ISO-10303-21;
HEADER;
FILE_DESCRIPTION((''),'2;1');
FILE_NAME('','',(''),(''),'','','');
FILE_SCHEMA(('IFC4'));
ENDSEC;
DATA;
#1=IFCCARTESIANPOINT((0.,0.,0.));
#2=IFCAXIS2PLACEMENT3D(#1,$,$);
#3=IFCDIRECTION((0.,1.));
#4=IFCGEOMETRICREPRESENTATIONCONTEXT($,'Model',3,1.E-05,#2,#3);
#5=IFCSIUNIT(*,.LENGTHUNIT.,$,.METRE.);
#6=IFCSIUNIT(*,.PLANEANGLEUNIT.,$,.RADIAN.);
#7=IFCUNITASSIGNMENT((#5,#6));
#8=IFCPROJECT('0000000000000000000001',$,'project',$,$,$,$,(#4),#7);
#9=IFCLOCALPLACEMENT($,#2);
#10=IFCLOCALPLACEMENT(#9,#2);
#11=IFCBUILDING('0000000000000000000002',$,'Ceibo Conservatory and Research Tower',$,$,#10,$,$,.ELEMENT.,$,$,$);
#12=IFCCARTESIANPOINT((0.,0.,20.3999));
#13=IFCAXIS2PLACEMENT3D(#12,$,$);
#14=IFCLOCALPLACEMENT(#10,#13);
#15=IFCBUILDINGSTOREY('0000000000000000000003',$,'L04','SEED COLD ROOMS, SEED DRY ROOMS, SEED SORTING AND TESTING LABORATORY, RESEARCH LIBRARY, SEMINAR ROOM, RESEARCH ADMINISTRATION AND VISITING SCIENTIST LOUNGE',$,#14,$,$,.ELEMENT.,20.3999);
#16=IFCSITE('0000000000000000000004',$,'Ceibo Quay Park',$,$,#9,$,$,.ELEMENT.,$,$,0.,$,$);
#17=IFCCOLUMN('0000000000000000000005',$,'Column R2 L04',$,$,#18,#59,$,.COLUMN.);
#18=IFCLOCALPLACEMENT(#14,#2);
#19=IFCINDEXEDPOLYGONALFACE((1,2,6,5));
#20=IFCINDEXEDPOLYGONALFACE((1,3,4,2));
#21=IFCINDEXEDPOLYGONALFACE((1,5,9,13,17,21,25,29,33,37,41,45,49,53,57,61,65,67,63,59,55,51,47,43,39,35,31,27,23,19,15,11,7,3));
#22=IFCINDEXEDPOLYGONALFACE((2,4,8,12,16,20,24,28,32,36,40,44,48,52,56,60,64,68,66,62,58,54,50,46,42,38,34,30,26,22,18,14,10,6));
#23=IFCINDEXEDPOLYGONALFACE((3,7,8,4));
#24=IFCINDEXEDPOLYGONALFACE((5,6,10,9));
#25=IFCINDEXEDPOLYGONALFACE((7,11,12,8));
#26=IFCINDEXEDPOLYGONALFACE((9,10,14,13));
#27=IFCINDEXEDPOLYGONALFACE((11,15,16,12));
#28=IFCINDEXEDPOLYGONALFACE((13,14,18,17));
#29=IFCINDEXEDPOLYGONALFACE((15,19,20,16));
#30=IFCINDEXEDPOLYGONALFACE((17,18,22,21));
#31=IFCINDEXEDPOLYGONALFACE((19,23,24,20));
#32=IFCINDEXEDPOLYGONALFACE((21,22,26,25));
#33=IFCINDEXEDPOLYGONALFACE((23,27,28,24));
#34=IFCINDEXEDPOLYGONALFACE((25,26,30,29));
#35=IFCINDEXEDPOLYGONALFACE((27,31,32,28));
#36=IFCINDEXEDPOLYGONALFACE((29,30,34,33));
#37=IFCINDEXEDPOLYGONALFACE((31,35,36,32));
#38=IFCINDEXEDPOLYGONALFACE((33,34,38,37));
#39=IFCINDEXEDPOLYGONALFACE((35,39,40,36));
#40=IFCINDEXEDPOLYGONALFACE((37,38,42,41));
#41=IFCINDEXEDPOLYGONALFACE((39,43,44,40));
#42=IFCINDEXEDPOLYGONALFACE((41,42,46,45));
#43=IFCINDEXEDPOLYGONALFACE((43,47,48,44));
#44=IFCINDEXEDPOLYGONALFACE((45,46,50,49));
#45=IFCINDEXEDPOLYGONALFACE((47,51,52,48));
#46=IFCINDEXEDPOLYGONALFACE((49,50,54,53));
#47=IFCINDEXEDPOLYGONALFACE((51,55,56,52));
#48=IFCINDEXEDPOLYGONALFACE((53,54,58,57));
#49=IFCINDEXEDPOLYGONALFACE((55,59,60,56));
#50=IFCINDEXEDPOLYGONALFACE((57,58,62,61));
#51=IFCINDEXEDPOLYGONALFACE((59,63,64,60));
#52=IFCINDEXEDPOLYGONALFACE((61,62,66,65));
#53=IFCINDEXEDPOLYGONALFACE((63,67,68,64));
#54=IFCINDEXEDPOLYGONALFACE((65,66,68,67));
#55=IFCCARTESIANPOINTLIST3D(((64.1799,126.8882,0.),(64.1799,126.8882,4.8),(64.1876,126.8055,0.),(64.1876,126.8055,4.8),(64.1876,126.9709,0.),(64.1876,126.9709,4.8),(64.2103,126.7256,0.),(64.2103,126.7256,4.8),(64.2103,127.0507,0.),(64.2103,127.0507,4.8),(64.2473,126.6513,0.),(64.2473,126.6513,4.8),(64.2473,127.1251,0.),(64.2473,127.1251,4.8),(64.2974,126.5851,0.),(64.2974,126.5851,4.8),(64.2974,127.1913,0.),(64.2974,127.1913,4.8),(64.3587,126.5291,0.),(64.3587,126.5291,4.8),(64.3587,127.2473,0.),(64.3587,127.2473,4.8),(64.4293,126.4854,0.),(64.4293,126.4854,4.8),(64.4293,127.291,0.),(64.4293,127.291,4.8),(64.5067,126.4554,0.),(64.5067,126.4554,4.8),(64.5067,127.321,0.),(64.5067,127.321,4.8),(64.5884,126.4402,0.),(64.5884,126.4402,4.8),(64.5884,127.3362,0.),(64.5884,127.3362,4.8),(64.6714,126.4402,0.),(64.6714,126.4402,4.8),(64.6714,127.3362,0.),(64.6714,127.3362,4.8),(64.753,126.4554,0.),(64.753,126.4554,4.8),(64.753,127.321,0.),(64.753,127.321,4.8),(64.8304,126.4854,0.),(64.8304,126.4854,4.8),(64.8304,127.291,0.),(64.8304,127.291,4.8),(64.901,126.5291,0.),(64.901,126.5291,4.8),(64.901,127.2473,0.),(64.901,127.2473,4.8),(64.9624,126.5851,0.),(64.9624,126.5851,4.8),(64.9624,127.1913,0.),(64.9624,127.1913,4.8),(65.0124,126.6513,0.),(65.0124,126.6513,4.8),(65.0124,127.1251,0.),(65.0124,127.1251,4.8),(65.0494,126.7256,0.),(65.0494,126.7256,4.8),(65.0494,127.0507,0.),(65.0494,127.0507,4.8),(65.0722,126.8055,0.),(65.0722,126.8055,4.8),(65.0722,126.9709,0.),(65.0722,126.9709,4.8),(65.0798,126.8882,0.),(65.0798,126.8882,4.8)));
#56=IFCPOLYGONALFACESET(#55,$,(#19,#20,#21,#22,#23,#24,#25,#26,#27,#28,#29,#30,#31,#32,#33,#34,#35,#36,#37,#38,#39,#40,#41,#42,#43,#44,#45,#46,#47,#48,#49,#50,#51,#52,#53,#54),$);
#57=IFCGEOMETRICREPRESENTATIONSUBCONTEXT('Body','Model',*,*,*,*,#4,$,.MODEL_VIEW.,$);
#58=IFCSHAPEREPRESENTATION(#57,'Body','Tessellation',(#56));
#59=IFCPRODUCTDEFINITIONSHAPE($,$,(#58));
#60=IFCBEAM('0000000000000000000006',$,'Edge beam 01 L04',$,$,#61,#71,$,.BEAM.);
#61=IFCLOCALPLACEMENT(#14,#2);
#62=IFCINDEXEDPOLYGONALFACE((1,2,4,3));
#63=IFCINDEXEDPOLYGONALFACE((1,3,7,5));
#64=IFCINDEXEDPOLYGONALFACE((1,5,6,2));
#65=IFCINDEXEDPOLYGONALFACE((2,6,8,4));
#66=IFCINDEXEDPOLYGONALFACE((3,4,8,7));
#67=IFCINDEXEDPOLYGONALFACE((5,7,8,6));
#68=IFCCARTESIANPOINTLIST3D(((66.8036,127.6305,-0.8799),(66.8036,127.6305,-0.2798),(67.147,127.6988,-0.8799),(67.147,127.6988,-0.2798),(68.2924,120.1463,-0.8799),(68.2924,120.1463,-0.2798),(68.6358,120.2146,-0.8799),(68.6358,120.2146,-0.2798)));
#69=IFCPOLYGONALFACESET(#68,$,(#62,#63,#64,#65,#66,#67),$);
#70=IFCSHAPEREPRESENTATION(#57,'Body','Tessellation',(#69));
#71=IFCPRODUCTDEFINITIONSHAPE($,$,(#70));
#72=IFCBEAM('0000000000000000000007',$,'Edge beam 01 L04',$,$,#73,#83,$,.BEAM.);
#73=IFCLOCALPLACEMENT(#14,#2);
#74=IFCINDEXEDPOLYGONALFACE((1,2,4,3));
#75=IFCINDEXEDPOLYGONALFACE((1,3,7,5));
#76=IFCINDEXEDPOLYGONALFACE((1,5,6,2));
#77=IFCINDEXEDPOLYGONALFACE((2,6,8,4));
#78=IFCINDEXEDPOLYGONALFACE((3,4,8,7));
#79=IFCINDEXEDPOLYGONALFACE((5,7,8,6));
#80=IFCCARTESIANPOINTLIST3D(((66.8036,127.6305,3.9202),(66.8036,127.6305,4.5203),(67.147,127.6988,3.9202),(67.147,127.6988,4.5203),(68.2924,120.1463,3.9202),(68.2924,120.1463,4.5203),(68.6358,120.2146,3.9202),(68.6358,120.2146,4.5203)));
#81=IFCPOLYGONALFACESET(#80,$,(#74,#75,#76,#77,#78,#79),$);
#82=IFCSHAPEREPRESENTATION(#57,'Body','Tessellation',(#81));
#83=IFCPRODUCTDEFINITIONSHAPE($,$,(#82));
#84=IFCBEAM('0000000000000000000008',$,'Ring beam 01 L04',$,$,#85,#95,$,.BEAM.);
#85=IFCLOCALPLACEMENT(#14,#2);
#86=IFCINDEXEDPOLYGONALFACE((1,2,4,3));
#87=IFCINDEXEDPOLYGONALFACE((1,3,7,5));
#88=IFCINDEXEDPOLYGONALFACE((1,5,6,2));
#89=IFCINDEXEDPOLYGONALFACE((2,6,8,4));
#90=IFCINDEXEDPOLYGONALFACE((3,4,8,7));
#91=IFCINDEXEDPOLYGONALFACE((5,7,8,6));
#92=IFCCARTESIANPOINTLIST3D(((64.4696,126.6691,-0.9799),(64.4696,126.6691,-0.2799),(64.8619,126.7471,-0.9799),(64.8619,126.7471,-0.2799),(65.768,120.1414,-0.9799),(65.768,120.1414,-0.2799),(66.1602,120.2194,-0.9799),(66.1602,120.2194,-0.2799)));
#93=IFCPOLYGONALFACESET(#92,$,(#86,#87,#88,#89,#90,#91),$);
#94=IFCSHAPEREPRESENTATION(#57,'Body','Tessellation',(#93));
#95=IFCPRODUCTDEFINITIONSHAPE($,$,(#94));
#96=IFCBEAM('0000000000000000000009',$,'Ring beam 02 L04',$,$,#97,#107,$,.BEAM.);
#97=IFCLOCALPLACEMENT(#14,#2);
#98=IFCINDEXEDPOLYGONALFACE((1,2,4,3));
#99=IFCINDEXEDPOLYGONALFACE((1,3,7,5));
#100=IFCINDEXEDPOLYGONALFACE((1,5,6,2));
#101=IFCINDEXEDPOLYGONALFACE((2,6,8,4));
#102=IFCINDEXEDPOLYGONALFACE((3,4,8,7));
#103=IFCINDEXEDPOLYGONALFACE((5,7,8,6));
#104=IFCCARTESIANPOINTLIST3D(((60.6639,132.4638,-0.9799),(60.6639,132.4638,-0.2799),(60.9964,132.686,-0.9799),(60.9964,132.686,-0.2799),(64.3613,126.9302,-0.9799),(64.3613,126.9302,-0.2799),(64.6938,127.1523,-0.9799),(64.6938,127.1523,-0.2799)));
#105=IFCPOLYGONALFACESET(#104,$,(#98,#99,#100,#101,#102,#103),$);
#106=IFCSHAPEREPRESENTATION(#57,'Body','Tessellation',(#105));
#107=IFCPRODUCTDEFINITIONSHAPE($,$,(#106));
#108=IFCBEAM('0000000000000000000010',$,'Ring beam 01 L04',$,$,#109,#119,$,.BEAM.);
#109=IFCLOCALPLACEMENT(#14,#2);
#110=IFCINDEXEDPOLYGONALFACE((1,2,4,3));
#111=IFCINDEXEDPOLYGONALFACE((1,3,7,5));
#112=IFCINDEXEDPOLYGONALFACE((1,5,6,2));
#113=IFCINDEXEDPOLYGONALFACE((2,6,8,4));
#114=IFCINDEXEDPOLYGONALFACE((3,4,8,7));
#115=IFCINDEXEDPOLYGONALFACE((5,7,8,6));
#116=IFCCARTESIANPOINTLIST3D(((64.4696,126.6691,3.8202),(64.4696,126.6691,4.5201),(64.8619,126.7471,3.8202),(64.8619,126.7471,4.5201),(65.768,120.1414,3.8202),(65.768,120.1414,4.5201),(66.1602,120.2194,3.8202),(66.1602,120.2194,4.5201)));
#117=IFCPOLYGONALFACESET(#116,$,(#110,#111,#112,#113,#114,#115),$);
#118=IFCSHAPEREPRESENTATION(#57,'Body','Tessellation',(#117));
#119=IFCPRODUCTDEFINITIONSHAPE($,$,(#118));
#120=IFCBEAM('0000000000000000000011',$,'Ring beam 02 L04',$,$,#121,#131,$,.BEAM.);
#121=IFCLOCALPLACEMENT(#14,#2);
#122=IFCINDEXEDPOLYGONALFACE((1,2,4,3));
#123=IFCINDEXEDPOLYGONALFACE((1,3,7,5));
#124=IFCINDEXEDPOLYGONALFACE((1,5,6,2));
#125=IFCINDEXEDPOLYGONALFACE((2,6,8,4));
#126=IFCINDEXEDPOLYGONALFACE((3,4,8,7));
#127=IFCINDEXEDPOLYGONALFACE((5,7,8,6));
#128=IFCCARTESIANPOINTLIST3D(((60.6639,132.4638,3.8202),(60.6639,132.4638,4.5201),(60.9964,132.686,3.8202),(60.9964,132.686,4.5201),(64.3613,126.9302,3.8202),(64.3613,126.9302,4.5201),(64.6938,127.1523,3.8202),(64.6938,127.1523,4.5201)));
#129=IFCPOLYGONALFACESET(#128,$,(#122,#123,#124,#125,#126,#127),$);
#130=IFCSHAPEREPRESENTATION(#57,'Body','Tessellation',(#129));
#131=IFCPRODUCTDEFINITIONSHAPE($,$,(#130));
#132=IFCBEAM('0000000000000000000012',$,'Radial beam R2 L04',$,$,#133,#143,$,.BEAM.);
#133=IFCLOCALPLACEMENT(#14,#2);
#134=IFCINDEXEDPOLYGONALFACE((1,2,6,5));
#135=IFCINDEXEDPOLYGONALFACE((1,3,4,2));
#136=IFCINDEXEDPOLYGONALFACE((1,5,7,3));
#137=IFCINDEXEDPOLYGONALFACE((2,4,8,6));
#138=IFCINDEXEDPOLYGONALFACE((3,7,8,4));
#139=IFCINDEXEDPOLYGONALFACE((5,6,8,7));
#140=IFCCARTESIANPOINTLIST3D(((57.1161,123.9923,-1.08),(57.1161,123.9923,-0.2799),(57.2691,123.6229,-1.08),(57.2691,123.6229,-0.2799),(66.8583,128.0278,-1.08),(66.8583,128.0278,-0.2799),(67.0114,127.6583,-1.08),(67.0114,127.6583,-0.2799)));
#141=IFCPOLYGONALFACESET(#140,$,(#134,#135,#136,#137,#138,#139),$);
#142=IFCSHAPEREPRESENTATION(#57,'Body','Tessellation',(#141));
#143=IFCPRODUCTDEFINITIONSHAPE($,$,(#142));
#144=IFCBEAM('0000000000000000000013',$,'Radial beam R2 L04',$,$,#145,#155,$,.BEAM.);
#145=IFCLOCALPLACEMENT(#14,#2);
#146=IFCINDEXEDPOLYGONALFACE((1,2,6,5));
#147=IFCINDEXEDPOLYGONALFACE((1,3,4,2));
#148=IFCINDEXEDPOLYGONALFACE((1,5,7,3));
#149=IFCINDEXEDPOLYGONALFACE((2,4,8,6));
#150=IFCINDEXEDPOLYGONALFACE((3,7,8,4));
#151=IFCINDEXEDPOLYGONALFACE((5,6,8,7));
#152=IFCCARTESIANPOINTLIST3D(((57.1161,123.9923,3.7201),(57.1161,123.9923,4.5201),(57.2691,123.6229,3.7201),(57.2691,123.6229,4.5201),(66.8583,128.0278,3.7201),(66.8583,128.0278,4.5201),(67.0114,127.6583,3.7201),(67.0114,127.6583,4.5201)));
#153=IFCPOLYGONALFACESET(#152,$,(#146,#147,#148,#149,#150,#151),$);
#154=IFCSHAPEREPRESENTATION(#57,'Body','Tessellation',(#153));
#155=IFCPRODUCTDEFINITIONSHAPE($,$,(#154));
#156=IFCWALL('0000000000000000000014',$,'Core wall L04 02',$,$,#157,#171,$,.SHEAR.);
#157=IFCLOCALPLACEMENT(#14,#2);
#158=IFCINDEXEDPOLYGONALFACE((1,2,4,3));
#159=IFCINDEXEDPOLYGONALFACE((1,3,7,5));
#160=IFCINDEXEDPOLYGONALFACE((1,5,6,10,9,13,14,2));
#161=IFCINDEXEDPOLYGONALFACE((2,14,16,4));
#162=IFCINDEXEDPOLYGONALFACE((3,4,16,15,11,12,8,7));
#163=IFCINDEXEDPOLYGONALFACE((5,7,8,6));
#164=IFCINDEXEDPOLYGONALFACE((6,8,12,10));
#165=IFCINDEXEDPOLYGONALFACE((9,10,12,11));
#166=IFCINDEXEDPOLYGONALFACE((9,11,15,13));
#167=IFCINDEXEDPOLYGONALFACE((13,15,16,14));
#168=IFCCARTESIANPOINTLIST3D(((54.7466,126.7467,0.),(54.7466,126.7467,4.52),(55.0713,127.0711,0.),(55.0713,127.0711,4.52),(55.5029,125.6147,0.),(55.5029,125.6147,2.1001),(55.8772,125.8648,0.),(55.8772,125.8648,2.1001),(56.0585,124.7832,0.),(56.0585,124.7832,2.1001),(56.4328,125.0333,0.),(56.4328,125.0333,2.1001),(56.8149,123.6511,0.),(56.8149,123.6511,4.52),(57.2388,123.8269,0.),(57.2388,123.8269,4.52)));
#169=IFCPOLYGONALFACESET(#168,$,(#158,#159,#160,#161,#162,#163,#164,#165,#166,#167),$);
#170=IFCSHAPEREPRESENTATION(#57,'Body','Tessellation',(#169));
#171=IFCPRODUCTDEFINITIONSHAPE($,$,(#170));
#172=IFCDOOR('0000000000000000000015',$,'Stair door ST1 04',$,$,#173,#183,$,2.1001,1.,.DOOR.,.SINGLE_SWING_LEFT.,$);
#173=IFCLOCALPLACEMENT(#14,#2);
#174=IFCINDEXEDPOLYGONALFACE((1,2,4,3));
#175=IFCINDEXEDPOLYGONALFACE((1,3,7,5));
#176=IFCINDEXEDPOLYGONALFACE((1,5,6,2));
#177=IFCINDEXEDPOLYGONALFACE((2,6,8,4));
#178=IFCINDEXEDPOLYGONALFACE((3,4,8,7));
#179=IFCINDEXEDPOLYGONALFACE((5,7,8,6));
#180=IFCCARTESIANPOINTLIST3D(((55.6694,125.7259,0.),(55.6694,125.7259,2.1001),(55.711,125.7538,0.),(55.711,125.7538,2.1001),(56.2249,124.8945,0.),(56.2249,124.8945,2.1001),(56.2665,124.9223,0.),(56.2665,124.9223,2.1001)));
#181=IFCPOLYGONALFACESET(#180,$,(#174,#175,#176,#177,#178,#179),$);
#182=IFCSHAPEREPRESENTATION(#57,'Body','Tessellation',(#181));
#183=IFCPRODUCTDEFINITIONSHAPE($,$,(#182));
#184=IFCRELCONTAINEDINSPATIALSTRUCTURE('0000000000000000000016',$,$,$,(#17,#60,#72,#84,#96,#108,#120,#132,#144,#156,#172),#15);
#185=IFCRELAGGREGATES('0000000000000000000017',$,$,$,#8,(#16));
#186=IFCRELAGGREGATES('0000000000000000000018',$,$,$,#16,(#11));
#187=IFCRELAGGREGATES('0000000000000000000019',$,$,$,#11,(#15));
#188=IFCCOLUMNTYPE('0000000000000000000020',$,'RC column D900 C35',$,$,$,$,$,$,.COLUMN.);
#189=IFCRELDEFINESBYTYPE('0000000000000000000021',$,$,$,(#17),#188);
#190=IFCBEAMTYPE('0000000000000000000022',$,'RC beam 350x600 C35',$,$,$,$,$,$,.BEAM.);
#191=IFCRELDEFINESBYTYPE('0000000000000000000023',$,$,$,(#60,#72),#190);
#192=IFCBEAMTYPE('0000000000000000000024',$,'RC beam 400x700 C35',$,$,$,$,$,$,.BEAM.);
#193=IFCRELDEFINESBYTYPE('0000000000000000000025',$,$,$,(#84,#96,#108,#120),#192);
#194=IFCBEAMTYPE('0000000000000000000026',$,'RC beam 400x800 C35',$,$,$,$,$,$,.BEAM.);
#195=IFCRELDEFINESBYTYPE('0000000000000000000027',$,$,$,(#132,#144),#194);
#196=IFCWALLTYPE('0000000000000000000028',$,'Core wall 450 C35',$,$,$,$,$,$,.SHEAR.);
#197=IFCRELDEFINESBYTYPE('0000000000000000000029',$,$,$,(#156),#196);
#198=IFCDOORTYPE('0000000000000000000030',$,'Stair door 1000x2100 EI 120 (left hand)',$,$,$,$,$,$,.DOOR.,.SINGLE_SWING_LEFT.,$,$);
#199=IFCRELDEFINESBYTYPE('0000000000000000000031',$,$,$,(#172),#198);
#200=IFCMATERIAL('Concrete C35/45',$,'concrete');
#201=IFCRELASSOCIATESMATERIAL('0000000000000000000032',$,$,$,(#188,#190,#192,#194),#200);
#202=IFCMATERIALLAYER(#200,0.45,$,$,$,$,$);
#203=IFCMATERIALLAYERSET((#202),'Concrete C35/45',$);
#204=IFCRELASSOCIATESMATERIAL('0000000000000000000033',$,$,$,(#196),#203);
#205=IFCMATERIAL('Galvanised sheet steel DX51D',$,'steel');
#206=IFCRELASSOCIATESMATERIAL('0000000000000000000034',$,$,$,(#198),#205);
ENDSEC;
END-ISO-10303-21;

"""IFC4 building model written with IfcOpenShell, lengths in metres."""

from ifc_helpers import new_model, si_unit, direction, frame, frame_2d, origin, origin_2d, place, context, subcontext, project, spatial, polyline, rectangle, circle, outline, extrude, material, layer, layer_set, material_profile, profile_set, type_object, element, fill, save


model = new_model("IFC4")

# Units and contexts
model_context = context("Model", 3, precision=1e-05, world=origin(), true_north=direction((0.0, 1.0)))
body_context = subcontext(model_context, "Body", "Model", "MODEL_VIEW")
ifc_project = project(units=[si_unit("LENGTHUNIT", "METRE"), si_unit("PLANEANGLEUNIT", "RADIAN")], contexts=[model_context])

# Site, building, storey
site_placement = place(None, origin())
site = spatial("IfcSite", under=ifc_project, at=site_placement, Name="Ceibo Quay Park", CompositionType="ELEMENT", RefElevation=0.0)
building_placement = place(site_placement, origin())
building = spatial("IfcBuilding", under=site, at=building_placement, Name="Ceibo Conservatory and Research Tower", CompositionType="ELEMENT")
storey_placement = place(building_placement, frame((0.0, 0.0, 20.3999)))
storey = spatial("IfcBuildingStorey", under=building, at=storey_placement, Name="L04", Description="SEED COLD ROOMS, SEED DRY ROOMS, SEED SORTING AND TESTING LABORATORY, RESEARCH LIBRARY, SEMINAR ROOM, RESEARCH ADMINISTRATION AND VISITING SCIENTIST LOUNGE", CompositionType="ELEMENT", Elevation=20.3999)

# Column
ifc_material_1 = material(Name="Concrete C35/45", Category="concrete")
ifc_material_profile_1 = material_profile(ifc_material_1, circle(Radius=0.45, at=origin_2d()), Name="RC D900")
ifc_profile_set_1 = profile_set([ifc_material_profile_1], Name="Concrete C35/45")
column_type = type_object("IfcColumnType", Name="RC column D900 C35", PredefinedType="COLUMN", material=ifc_profile_set_1)
column_placement = place(storey_placement, frame((64.6299, 126.8882, 0.0), z_axis=(0.0, 0.0, 1.0), x_axis=(1.0, 0.0, 0.0)))
element("IfcColumn", 1, at=column_placement, inside=storey, type_object=column_type, Name="Column R2 L04", PredefinedType="COLUMN", context=body_context, shape_type="SweptSolid", body=[
    extrude(circle(Radius=0.45, at=origin_2d()), origin(), (0.0, 0.0, 1.0), 4.8),
])

# Beams
ifc_material_profile_2 = material_profile(ifc_material_1, rectangle(XDim=0.3501, YDim=0.6001, at=origin_2d()), Name="RC 350x600")
ifc_profile_set_2 = profile_set([ifc_material_profile_2], Name="Concrete C35/45")
beam_type_1 = type_object("IfcBeamType", Name="RC beam 350x600 C35", PredefinedType="BEAM", material=ifc_profile_set_2)
for number, where, z_axis, x_axis, name in (
    (2, (68.4641, 120.1804, -0.5798), (-0.195101, 0.980783, 0.0), (-0.980783, -0.195101, 0.0), "Edge beam 01 L04"),
    (3, (68.4641, 120.1804, 4.2202), (-0.195101, 0.980783, 0.0), (-0.980783, -0.195101, 0.0), "Edge beam 01 L04"),
):
    element("IfcBeam", number, at=place(storey_placement, frame(where, z_axis=z_axis, x_axis=x_axis)), inside=storey, type_object=beam_type_1, Name=name, PredefinedType="BEAM", context=body_context, shape_type="SweptSolid", body=[
        extrude(rectangle(XDim=0.3501, YDim=0.6001, at=origin_2d()), origin(), (0.0, 0.0, 1.0), 7.6309),
    ])
ifc_material_profile_3 = material_profile(ifc_material_1, rectangle(XDim=0.3999, YDim=0.7, at=origin_2d()), Name="RC 400x700")
ifc_profile_set_3 = profile_set([ifc_material_profile_3], Name="Concrete C35/45")
beam_type_2 = type_object("IfcBeamType", Name="RC beam 400x700 C35", PredefinedType="BEAM", material=ifc_profile_set_3)
beam_1_placement = place(storey_placement, frame((65.9641, 120.1804, -0.6299), z_axis=(-0.195079, 0.980788, 0.0), x_axis=(-0.980788, -0.195079, 0.0)))
element("IfcBeam", 4, at=beam_1_placement, inside=storey, type_object=beam_type_2, Name="Ring beam 01 L04", PredefinedType="BEAM", context=body_context, shape_type="SweptSolid", body=[
    extrude(rectangle(XDim=0.3999, YDim=0.7, at=origin_2d()), origin(), (0.0, 0.0, 1.0), 6.6555),
])
beam_2_placement = place(storey_placement, frame((64.5276, 127.0413, -0.6299), z_axis=(-0.555572, 0.831469, 0.0), x_axis=(-0.831469, -0.555572, 0.0)))
element("IfcBeam", 5, at=beam_2_placement, inside=storey, type_object=beam_type_2, Name="Ring beam 02 L04", PredefinedType="BEAM", context=body_context, shape_type="SweptSolid", body=[
    extrude(rectangle(XDim=0.3999, YDim=0.7, at=origin_2d()), origin(), (0.0, 0.0, 1.0), 6.6553),
])
beam_3_placement = place(storey_placement, frame((65.9641, 120.1804, 4.1702), z_axis=(-0.195079, 0.980788, 0.0), x_axis=(-0.980788, -0.195079, 0.0)))
element("IfcBeam", 6, at=beam_3_placement, inside=storey, type_object=beam_type_2, Name="Ring beam 01 L04", PredefinedType="BEAM", context=body_context, shape_type="SweptSolid", body=[
    extrude(rectangle(XDim=0.3999, YDim=0.7, at=origin_2d()), origin(), (0.0, 0.0, 1.0), 6.6555),
])
beam_4_placement = place(storey_placement, frame((64.5276, 127.0413, 4.1702), z_axis=(-0.555572, 0.831469, 0.0), x_axis=(-0.831469, -0.555572, 0.0)))
element("IfcBeam", 7, at=beam_4_placement, inside=storey, type_object=beam_type_2, Name="Ring beam 02 L04", PredefinedType="BEAM", context=body_context, shape_type="SweptSolid", body=[
    extrude(rectangle(XDim=0.3999, YDim=0.7, at=origin_2d()), origin(), (0.0, 0.0, 1.0), 6.6553),
])
ifc_material_profile_4 = material_profile(ifc_material_1, rectangle(XDim=0.3999, YDim=0.8, at=origin_2d()), Name="RC 400x800")
ifc_profile_set_4 = profile_set([ifc_material_profile_4], Name="Concrete C35/45")
beam_type_3 = type_object("IfcBeamType", Name="RC beam 400x800 C35", PredefinedType="BEAM", material=ifc_profile_set_4)
for number, where, z_axis, x_axis, name in (
    (8, (57.1926, 123.8076, -0.6799), (0.923878, 0.382688, 0.0), (-0.382688, 0.923878, 0.0), "Radial beam R2 L04"),
    (9, (57.1926, 123.8076, 4.1201), (0.923878, 0.382688, 0.0), (-0.382688, 0.923878, 0.0), "Radial beam R2 L04"),
):
    element("IfcBeam", number, at=place(storey_placement, frame(where, z_axis=z_axis, x_axis=x_axis)), inside=storey, type_object=beam_type_3, Name=name, PredefinedType="BEAM", context=body_context, shape_type="SweptSolid", body=[
        extrude(rectangle(XDim=0.3999, YDim=0.8, at=origin_2d()), origin(), (0.0, 0.0, 1.0), 10.5449),
    ])

# Wall, opening, door
ifc_layer_1 = layer(ifc_material_1, 0.45)
ifc_layer_set_1 = layer_set([ifc_layer_1], Name="Concrete C35/45")
wall_type_1 = type_object("IfcWallType", Name="Core wall 450 C35", PredefinedType="SHEAR", material=ifc_layer_set_1)
wall_1_placement = place(storey_placement, frame((57.0269, 123.739, 0.0), z_axis=(0.0, 0.0, 1.0), x_axis=(-0.555542, 0.831488, 0.0)))
wall_1 = element("IfcWall", 10, at=wall_1_placement, inside=storey, type_object=wall_type_1, Name="Core wall L04 02", PredefinedType="SHEAR", context=body_context, shape_type="SweptSolid", body=[
    extrude(outline(polyline([(-0.0447, -0.2251), (3.8569, -0.2251), (3.7676, 0.2251), (0.0447, 0.2251), (-0.0447, -0.2251)])), origin(), (0.0, 0.0, 1.0), 4.52),
])
opening_1_placement = place(wall_1_placement, frame((1.4062, 0.0, 0.0)))
opening_1 = element("IfcOpeningElement", 11, at=opening_1_placement, cuts=wall_1, PredefinedType="OPENING", context=body_context, shape_type="SweptSolid", body=[
    extrude(rectangle(XDim=1.0, YDim=2.1001, at=frame_2d((0.5, 1.05))), frame((0.0, 0.2349, 0.0), z_axis=(0.0, -1.0, 0.0), x_axis=(1.0, 0.0, 0.0)), (0.0, 0.0, 1.0), 0.47),
])
ifc_material_2 = material(Name="Galvanised sheet steel DX51D", Category="steel")
door_type_1 = type_object("IfcDoorType", Name="Stair door 1000x2100 EI 120 (left hand)", OperationType="SINGLE_SWING_LEFT", PredefinedType="DOOR", material=ifc_material_2)
door_1_placement = place(opening_1_placement, origin())
door_1 = element("IfcDoor", 12, at=door_1_placement, inside=storey, type_object=door_type_1, Name="Stair door ST1 04", OperationType="SINGLE_SWING_LEFT", OverallHeight=2.1001, OverallWidth=1.0, PredefinedType="DOOR", context=body_context, shape_type="SweptSolid", body=[
    extrude(rectangle(XDim=1.0, YDim=2.1001, at=frame_2d((0.5, 1.05))), frame((0.0, 0.0249, 0.0), z_axis=(0.0, -1.0, 0.0), x_axis=(1.0, 0.0, 0.0)), (0.0, 0.0, 1.0), 0.05),
])
fill(opening_1, door_1)

save(model, "model.ifc")
